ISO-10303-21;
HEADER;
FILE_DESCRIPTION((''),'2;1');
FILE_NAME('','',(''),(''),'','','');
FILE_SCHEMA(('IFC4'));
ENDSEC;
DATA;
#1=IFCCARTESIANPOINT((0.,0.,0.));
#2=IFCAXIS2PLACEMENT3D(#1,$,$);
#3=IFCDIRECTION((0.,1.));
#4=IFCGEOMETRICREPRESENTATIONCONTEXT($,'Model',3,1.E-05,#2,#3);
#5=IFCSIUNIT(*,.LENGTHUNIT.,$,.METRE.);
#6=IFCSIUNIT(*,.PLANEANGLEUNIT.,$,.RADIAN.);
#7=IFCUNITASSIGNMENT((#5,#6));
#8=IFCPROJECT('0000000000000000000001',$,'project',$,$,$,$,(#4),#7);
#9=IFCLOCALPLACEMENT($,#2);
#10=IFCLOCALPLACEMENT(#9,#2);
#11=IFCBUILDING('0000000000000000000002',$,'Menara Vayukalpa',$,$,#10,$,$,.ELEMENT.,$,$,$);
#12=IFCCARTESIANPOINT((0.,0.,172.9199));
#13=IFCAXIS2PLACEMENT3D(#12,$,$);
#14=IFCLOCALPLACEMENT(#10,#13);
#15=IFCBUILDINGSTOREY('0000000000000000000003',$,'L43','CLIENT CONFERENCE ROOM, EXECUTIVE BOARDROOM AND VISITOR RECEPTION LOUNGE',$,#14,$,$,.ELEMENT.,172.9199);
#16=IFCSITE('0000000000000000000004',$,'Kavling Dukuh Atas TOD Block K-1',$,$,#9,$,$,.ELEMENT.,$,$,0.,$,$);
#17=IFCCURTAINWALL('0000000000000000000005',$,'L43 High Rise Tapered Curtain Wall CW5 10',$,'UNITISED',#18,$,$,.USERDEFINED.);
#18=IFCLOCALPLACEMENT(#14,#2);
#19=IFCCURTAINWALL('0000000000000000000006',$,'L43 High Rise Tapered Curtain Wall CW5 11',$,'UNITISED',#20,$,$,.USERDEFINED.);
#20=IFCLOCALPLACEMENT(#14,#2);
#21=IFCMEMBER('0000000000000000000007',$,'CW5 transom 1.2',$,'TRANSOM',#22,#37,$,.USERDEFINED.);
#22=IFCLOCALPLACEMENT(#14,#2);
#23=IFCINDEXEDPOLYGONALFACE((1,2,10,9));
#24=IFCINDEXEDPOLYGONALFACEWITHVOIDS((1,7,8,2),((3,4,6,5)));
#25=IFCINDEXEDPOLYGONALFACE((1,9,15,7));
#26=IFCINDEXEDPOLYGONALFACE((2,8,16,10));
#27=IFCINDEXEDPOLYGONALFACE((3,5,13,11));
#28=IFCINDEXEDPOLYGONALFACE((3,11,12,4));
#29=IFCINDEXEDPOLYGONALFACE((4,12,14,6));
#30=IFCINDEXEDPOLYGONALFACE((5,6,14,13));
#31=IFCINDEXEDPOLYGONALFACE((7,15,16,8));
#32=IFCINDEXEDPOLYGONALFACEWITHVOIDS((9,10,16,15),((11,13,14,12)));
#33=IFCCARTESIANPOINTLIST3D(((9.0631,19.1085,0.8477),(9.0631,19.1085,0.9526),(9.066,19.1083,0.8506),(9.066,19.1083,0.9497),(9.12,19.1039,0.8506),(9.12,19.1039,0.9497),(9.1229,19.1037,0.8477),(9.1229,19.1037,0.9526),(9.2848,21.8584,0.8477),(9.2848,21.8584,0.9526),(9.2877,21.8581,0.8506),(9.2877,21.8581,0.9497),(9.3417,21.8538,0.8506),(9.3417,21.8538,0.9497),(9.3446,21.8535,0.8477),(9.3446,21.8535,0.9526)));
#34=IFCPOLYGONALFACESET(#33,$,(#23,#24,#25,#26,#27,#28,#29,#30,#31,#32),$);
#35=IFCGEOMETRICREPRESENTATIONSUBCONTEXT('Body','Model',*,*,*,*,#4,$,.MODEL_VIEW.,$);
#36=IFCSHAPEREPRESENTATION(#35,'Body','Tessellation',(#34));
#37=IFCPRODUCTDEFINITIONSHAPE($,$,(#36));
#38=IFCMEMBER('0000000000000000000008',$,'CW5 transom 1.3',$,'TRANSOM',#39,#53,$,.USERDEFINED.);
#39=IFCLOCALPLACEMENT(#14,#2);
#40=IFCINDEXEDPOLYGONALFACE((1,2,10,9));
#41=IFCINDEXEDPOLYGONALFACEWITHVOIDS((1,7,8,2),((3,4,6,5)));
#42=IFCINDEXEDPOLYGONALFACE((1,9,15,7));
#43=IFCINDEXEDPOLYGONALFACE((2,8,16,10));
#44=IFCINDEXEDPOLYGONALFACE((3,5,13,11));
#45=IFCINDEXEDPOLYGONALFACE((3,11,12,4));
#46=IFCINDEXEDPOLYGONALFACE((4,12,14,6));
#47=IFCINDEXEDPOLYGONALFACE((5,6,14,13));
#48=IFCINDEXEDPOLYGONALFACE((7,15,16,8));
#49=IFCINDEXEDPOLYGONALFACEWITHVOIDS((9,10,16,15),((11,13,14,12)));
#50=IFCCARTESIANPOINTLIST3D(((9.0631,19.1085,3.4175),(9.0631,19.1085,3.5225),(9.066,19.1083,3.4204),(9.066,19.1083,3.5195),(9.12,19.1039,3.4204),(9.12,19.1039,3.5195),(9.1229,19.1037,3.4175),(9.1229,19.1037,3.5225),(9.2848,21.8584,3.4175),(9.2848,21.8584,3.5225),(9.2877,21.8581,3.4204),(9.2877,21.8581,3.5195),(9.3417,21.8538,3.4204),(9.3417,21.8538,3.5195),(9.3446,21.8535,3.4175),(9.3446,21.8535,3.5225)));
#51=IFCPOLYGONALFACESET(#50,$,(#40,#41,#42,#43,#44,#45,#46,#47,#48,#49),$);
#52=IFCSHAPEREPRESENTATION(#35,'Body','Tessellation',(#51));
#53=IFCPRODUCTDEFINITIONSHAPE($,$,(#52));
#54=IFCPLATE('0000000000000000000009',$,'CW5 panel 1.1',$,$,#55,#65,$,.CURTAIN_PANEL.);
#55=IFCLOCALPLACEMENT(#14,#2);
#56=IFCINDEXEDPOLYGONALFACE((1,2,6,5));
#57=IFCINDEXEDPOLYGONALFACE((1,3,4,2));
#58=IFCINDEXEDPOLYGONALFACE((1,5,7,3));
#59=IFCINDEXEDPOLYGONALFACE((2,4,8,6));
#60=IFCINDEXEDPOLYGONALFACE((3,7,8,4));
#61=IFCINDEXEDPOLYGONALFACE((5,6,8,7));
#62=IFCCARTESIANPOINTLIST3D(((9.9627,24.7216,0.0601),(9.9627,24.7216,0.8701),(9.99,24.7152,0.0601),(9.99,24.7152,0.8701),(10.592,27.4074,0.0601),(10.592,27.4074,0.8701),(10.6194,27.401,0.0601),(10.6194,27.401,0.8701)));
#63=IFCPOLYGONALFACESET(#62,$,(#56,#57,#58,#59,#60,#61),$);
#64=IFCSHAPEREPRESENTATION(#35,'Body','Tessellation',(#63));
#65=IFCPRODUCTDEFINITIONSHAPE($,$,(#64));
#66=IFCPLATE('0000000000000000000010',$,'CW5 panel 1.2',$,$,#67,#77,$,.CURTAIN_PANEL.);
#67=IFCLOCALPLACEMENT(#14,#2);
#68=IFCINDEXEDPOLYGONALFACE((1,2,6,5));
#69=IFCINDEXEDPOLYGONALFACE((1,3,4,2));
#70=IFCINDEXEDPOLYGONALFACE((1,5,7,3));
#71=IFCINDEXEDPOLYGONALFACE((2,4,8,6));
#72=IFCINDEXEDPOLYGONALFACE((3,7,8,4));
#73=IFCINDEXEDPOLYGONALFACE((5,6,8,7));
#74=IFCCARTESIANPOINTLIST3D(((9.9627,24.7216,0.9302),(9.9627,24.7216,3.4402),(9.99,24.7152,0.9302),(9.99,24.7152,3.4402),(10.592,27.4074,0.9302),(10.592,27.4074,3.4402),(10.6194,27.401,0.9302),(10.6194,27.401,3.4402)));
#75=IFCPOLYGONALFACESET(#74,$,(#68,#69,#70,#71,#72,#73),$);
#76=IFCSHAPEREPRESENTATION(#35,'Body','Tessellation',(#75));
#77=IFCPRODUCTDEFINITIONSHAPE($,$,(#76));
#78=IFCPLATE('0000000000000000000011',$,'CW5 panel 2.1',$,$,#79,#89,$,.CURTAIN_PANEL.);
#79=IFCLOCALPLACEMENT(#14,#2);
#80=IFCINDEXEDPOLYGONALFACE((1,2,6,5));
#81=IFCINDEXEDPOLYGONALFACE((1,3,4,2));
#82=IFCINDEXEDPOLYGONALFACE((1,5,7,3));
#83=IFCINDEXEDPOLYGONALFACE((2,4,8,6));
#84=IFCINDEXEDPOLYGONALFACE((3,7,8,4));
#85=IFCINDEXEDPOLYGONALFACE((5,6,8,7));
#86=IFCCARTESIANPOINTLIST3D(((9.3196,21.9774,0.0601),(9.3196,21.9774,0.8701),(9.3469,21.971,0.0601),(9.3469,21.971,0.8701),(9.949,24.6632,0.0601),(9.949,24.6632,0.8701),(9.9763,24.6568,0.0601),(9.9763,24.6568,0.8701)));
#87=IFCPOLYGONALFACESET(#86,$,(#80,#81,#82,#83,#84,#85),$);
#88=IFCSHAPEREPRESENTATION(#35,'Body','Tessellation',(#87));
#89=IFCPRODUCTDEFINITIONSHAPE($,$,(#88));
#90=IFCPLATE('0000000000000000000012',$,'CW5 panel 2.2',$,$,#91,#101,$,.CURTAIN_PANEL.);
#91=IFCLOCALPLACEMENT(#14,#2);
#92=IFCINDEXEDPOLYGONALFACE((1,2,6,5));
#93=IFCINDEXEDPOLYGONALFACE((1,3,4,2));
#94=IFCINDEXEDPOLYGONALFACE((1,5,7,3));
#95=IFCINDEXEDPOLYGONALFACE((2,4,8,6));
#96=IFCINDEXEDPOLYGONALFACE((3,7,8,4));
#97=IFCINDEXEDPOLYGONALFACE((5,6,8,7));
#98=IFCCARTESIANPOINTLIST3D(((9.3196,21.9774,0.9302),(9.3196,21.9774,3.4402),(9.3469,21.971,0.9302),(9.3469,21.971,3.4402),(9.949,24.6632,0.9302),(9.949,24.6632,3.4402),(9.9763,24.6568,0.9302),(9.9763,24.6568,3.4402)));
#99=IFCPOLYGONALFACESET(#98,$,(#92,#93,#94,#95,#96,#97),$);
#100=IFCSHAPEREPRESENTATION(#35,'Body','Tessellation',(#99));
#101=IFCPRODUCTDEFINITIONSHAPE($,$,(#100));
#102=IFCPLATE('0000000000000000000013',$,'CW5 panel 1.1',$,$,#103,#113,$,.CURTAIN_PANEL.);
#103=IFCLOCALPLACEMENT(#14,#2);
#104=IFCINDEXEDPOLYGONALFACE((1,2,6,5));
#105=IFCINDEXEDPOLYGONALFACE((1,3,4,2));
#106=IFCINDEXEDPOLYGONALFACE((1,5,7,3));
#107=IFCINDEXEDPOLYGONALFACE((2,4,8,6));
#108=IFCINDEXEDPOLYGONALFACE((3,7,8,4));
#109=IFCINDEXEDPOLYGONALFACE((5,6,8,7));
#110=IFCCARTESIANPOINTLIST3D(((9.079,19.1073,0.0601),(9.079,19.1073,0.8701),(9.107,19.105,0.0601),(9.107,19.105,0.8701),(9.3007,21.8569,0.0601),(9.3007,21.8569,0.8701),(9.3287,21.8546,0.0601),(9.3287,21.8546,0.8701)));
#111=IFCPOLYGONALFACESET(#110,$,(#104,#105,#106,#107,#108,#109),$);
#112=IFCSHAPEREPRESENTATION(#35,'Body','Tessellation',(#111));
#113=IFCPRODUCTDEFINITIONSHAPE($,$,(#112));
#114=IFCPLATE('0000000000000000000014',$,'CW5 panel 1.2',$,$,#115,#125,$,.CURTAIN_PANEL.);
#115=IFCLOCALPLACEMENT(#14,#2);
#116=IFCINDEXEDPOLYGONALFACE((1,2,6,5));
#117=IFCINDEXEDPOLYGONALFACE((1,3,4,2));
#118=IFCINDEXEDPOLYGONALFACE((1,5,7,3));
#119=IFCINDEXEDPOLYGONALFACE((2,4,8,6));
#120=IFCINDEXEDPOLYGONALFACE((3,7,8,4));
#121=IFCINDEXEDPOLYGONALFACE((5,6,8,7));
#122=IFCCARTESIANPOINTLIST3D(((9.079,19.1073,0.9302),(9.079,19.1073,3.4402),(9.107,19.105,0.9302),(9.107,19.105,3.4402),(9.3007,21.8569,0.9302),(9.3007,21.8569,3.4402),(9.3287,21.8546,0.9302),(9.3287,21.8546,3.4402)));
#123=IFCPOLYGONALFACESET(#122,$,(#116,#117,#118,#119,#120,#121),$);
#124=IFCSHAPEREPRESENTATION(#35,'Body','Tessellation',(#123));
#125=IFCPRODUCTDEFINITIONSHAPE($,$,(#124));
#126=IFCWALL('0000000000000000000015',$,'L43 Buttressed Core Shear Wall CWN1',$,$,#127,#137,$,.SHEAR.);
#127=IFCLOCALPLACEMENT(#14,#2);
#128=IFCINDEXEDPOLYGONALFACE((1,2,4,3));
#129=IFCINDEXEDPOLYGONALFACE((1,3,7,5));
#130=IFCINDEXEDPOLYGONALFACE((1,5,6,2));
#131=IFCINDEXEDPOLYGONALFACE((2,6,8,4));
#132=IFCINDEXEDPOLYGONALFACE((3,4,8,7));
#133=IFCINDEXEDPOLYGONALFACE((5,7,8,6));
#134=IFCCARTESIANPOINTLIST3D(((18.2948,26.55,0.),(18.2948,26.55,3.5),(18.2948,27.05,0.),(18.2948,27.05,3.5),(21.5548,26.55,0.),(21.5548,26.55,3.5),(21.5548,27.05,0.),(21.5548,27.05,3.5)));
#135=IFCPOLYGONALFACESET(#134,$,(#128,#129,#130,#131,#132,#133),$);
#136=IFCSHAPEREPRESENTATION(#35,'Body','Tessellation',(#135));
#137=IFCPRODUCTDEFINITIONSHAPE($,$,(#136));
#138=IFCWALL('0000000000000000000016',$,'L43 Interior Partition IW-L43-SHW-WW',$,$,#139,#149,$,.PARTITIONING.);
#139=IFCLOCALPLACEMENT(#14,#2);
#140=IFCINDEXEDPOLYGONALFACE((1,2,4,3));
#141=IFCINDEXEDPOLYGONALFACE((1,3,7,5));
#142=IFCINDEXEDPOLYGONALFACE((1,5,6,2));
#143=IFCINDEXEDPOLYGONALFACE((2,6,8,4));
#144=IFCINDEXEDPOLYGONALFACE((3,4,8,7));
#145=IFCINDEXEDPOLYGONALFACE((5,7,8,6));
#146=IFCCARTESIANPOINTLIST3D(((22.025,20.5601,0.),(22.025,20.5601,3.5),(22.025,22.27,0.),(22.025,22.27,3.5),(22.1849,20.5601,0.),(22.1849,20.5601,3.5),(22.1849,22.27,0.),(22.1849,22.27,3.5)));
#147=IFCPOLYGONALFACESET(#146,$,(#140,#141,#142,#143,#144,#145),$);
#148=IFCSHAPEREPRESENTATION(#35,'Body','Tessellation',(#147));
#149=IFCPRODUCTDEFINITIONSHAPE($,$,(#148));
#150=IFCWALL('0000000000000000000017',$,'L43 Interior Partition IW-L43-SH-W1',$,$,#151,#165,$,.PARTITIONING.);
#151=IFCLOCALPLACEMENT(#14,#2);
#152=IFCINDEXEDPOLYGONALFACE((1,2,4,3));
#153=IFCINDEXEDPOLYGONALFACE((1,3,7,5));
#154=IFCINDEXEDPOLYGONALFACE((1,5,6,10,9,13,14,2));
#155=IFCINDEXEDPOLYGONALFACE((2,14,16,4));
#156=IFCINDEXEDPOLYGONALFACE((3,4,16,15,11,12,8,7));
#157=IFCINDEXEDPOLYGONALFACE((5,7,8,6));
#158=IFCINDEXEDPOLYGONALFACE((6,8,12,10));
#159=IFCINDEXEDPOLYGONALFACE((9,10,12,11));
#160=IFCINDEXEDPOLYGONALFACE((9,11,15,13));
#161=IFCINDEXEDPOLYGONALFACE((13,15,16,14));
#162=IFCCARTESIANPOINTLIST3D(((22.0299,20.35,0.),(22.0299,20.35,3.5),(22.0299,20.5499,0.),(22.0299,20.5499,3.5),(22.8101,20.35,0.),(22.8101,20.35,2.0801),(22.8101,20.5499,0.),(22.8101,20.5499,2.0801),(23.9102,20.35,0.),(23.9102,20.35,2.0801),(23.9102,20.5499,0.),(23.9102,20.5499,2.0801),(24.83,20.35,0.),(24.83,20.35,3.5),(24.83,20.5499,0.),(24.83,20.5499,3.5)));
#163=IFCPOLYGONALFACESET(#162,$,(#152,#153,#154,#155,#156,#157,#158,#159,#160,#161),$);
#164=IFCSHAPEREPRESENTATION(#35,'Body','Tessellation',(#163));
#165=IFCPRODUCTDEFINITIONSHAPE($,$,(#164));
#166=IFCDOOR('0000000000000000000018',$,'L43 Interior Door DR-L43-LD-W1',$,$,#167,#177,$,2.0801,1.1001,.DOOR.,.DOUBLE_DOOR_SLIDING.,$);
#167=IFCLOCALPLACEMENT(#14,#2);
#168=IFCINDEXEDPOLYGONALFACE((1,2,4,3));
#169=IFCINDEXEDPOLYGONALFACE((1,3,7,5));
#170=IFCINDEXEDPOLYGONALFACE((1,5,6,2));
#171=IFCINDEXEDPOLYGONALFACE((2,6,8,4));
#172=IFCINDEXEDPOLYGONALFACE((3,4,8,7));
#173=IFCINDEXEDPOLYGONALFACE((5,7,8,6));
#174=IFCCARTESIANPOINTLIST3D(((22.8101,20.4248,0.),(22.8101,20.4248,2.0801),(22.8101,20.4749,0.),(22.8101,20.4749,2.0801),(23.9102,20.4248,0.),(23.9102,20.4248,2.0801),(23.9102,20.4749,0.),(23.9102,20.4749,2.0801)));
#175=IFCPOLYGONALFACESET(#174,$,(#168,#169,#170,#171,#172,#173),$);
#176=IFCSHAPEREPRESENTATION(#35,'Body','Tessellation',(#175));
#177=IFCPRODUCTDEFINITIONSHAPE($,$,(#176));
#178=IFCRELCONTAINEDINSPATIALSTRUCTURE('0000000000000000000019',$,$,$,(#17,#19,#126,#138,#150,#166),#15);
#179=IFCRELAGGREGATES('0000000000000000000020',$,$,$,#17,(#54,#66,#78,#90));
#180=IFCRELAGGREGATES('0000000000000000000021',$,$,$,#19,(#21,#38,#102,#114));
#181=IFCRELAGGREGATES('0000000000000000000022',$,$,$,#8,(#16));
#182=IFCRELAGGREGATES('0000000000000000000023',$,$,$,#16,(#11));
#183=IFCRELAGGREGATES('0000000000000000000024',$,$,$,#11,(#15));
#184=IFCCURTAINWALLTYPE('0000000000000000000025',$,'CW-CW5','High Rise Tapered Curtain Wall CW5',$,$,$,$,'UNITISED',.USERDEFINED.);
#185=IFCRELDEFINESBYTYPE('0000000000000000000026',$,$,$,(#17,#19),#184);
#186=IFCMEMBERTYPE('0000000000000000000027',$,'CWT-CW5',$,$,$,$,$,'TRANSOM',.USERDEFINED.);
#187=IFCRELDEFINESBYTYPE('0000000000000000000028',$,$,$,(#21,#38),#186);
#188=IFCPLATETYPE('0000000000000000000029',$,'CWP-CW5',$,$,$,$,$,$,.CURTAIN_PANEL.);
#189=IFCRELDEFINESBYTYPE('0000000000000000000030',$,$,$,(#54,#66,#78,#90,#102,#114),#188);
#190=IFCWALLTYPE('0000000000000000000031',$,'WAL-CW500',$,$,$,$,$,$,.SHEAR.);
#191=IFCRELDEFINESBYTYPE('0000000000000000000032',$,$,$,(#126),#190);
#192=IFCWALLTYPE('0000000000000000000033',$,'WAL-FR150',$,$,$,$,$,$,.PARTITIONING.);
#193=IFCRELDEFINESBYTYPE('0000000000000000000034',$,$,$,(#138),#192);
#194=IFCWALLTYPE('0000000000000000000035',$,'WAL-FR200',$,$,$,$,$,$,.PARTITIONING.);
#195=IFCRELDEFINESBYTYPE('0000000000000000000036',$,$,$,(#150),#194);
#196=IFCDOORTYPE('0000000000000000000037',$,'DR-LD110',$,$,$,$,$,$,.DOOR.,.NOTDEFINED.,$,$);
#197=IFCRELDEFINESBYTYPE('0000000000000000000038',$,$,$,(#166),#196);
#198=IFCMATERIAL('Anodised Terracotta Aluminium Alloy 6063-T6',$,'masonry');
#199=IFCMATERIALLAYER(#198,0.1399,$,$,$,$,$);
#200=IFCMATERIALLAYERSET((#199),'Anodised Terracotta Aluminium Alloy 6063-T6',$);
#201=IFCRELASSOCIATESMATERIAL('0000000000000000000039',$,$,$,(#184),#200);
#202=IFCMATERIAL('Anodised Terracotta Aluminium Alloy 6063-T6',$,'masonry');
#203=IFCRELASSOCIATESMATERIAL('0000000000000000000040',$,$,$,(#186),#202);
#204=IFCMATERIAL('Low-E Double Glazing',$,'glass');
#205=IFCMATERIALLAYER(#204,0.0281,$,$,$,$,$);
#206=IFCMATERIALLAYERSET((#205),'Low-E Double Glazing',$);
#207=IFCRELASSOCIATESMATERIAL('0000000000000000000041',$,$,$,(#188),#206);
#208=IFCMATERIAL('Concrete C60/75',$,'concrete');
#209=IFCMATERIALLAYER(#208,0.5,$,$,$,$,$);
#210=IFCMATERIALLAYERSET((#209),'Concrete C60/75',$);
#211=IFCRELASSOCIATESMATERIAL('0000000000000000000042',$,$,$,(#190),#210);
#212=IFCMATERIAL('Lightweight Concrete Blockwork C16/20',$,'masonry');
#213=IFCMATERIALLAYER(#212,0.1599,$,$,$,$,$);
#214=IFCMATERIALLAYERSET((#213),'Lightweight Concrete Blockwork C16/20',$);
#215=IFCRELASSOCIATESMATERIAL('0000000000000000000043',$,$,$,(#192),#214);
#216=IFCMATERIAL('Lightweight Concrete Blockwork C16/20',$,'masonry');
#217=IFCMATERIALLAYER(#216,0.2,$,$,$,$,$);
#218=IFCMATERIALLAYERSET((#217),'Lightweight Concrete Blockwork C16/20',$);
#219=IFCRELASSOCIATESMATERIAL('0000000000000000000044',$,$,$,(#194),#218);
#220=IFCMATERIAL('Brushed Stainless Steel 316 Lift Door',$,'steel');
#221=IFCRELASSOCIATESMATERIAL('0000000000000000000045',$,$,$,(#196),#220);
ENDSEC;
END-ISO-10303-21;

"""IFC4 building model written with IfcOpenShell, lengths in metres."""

from ifc_helpers import new_model, si_unit, direction, frame, frame_2d, origin, origin_2d, place, context, subcontext, project, spatial, rectangle, hollow_rectangle, extrude, material, layer, layer_set, material_profile, profile_set, type_object, element, fill, aggregate, save


model = new_model("IFC4")

# Units and contexts
model_context = context("Model", 3, precision=1e-05, world=origin(), true_north=direction((0.0, 1.0)))
body_context = subcontext(model_context, "Body", "Model", "MODEL_VIEW")
ifc_project = project(units=[si_unit("LENGTHUNIT", "METRE"), si_unit("PLANEANGLEUNIT", "RADIAN")], contexts=[model_context])

# Site, building, storey
site_placement = place(None, origin())
site = spatial("IfcSite", under=ifc_project, at=site_placement, Name="Kavling Dukuh Atas TOD Block K-1", CompositionType="ELEMENT", RefElevation=0.0)
building_placement = place(site_placement, origin())
building = spatial("IfcBuilding", under=site, at=building_placement, Name="Menara Vayukalpa", CompositionType="ELEMENT")
storey_placement = place(building_placement, frame((0.0, 0.0, 172.9199)))
storey = spatial("IfcBuildingStorey", under=building, at=storey_placement, Name="L43", Description="CLIENT CONFERENCE ROOM, EXECUTIVE BOARDROOM AND VISITOR RECEPTION LOUNGE", CompositionType="ELEMENT", Elevation=172.9199)

# Curtain wall
ifc_material_1 = material(Name="Anodised Terracotta Aluminium Alloy 6063-T6", Category="masonry")
ifc_layer_1 = layer(ifc_material_1, 0.1399)
ifc_layer_set_1 = layer_set([ifc_layer_1], Name="Anodised Terracotta Aluminium Alloy 6063-T6")
curtain_wall_type = type_object("IfcCurtainWallType", Name="CW-CW5", Description="High Rise Tapered Curtain Wall CW5", ElementType="UNITISED", PredefinedType="USERDEFINED", material=ifc_layer_set_1)
curtain_wall_1_placement = place(storey_placement, origin())
curtain_wall_1 = element("IfcCurtainWall", 1, at=curtain_wall_1_placement, inside=storey, type_object=curtain_wall_type, Name="L43 High Rise Tapered Curtain Wall CW5 10", ObjectType="UNITISED", PredefinedType="USERDEFINED")

# Curtain wall
curtain_wall_2_placement = place(storey_placement, origin())
curtain_wall_2 = element("IfcCurtainWall", 2, at=curtain_wall_2_placement, inside=storey, type_object=curtain_wall_type, Name="L43 High Rise Tapered Curtain Wall CW5 11", ObjectType="UNITISED", PredefinedType="USERDEFINED")

# Members
ifc_material_2 = material(Name="Anodised Terracotta Aluminium Alloy 6063-T6", Category="masonry")
ifc_material_profile_1 = material_profile(ifc_material_2, hollow_rectangle(XDim=0.0601, YDim=0.105, WallThickness=0.0029, at=origin_2d()), Name="ALU 60x105x3")
ifc_profile_set_1 = profile_set([ifc_material_profile_1], Name="Anodised Terracotta Aluminium Alloy 6063-T6")
member_type_1 = type_object("IfcMemberType", Name="CWT-CW5", ElementType="TRANSOM", PredefinedType="USERDEFINED", material=ifc_profile_set_1)
member_1_placement = place(storey_placement, frame((9.3147, 21.856, 0.9001), z_axis=(-0.080357, -0.996766, 0.0), x_axis=(0.996766, -0.080357, 0.0)))
member_1 = element("IfcMember", 3, at=member_1_placement, type_object=member_type_1, Name="CW5 transom 1.2", ObjectType="TRANSOM", PredefinedType="USERDEFINED", context=body_context, shape_type="SweptSolid", body=[
    extrude(hollow_rectangle(XDim=0.0601, YDim=0.105, WallThickness=0.0029, at=origin_2d()), origin(), (0.0, 0.0, 1.0), 2.7588),
])
member_2_placement = place(storey_placement, frame((9.3147, 21.856, 3.47), z_axis=(-0.080357, -0.996766, 0.0), x_axis=(0.996766, -0.080357, 0.0)))
member_2 = element("IfcMember", 4, at=member_2_placement, type_object=member_type_1, Name="CW5 transom 1.3", ObjectType="TRANSOM", PredefinedType="USERDEFINED", context=body_context, shape_type="SweptSolid", body=[
    extrude(hollow_rectangle(XDim=0.0601, YDim=0.105, WallThickness=0.0029, at=origin_2d()), origin(), (0.0, 0.0, 1.0), 2.7588),
])

# Plates
ifc_material_3 = material(Name="Low-E Double Glazing", Category="glass")
ifc_layer_2 = layer(ifc_material_3, 0.0281)
ifc_layer_set_2 = layer_set([ifc_layer_2], Name="Low-E Double Glazing")
plate_type = type_object("IfcPlateType", Name="CWP-CW5", PredefinedType="CURTAIN_PANEL", material=ifc_layer_set_2)
plate_1_placement = place(storey_placement, frame((10.291, 26.0613, 0.0601), z_axis=(0.0, 0.0, 1.0), x_axis=(-0.228149, -0.973626, 0.0)))
plate_1 = element("IfcPlate", 5, at=plate_1_placement, type_object=plate_type, Name="CW5 panel 1.1", PredefinedType="CURTAIN_PANEL", context=body_context, shape_type="SweptSolid", body=[
    extrude(rectangle(XDim=2.7585, YDim=0.0281, at=origin_2d()), origin(), (0.0, 0.0, 1.0), 0.8101),
])
plate_2_placement = place(storey_placement, frame((10.291, 26.0613, 0.9302), z_axis=(0.0, 0.0, 1.0), x_axis=(-0.228149, -0.973626, 0.0)))
plate_2 = element("IfcPlate", 6, at=plate_2_placement, type_object=plate_type, Name="CW5 panel 1.2", PredefinedType="CURTAIN_PANEL", context=body_context, shape_type="SweptSolid", body=[
    extrude(rectangle(XDim=2.7585, YDim=0.0281, at=origin_2d()), origin(), (0.0, 0.0, 1.0), 2.51),
])
plate_3_placement = place(storey_placement, frame((9.6479, 23.3171, 0.0601), z_axis=(0.0, 0.0, 1.0), x_axis=(-0.228149, -0.973626, 0.0)))
plate_3 = element("IfcPlate", 7, at=plate_3_placement, type_object=plate_type, Name="CW5 panel 2.1", PredefinedType="CURTAIN_PANEL", context=body_context, shape_type="SweptSolid", body=[
    extrude(rectangle(XDim=2.7585, YDim=0.0281, at=origin_2d()), origin(), (0.0, 0.0, 1.0), 0.8101),
])
plate_4_placement = place(storey_placement, frame((9.6479, 23.3171, 0.9302), z_axis=(0.0, 0.0, 1.0), x_axis=(-0.228149, -0.973626, 0.0)))
plate_4 = element("IfcPlate", 8, at=plate_4_placement, type_object=plate_type, Name="CW5 panel 2.2", PredefinedType="CURTAIN_PANEL", context=body_context, shape_type="SweptSolid", body=[
    extrude(rectangle(XDim=2.7585, YDim=0.0281, at=origin_2d()), origin(), (0.0, 0.0, 1.0), 2.51),
])
aggregate(curtain_wall_1, [plate_1, plate_2, plate_3, plate_4])
plate_5_placement = place(storey_placement, frame((9.2039, 20.481, 0.0601), z_axis=(0.0, 0.0, 1.0), x_axis=(-0.080374, -0.996765, 0.0)))
plate_5 = element("IfcPlate", 9, at=plate_5_placement, type_object=plate_type, Name="CW5 panel 1.1", PredefinedType="CURTAIN_PANEL", context=body_context, shape_type="SweptSolid", body=[
    extrude(rectangle(XDim=2.7585, YDim=0.0281, at=origin_2d()), origin(), (0.0, 0.0, 1.0), 0.8101),
])
plate_6_placement = place(storey_placement, frame((9.2039, 20.481, 0.9302), z_axis=(0.0, 0.0, 1.0), x_axis=(-0.080374, -0.996765, 0.0)))
plate_6 = element("IfcPlate", 10, at=plate_6_placement, type_object=plate_type, Name="CW5 panel 1.2", PredefinedType="CURTAIN_PANEL", context=body_context, shape_type="SweptSolid", body=[
    extrude(rectangle(XDim=2.7585, YDim=0.0281, at=origin_2d()), origin(), (0.0, 0.0, 1.0), 2.51),
])
aggregate(curtain_wall_2, [member_1, member_2, plate_5, plate_6])

# Walls
ifc_material_4 = material(Name="Concrete C60/75", Category="concrete")
ifc_layer_3 = layer(ifc_material_4, 0.5)
ifc_layer_set_3 = layer_set([ifc_layer_3], Name="Concrete C60/75")
wall_type_1 = type_object("IfcWallType", Name="WAL-CW500", PredefinedType="SHEAR", material=ifc_layer_set_3)
wall_1_placement = place(storey_placement, frame((18.2949, 26.8, 0.0), z_axis=(0.0, 0.0, 1.0), x_axis=(1.0, 0.0, 0.0)))
element("IfcWall", 11, at=wall_1_placement, inside=storey, type_object=wall_type_1, Name="L43 Buttressed Core Shear Wall CWN1", PredefinedType="SHEAR", context=body_context, shape_type="SweptSolid", body=[
    extrude(rectangle(XDim=3.26, YDim=0.5, at=frame_2d((1.6299, 0.0))), origin(), (0.0, 0.0, 1.0), 3.5),
])
ifc_material_5 = material(Name="Lightweight Concrete Blockwork C16/20", Category="masonry")
ifc_layer_4 = layer(ifc_material_5, 0.1599)
ifc_layer_set_4 = layer_set([ifc_layer_4], Name="Lightweight Concrete Blockwork C16/20")
wall_type_2 = type_object("IfcWallType", Name="WAL-FR150", PredefinedType="PARTITIONING", material=ifc_layer_set_4)
wall_2_placement = place(storey_placement, frame((22.105, 20.5601, 0.0), z_axis=(0.0, 0.0, 1.0), x_axis=(0.0, 1.0, 0.0)))
element("IfcWall", 12, at=wall_2_placement, inside=storey, type_object=wall_type_2, Name="L43 Interior Partition IW-L43-SHW-WW", PredefinedType="PARTITIONING", context=body_context, shape_type="SweptSolid", body=[
    extrude(rectangle(XDim=1.71, YDim=0.1599, at=frame_2d((0.855, 0.0))), origin(), (0.0, 0.0, 1.0), 3.5),
])

# Wall, opening, door
ifc_material_6 = material(Name="Lightweight Concrete Blockwork C16/20", Category="masonry")
ifc_layer_5 = layer(ifc_material_6, 0.2)
ifc_layer_set_5 = layer_set([ifc_layer_5], Name="Lightweight Concrete Blockwork C16/20")
wall_type_3 = type_object("IfcWallType", Name="WAL-FR200", PredefinedType="PARTITIONING", material=ifc_layer_set_5)
wall_3_placement = place(storey_placement, frame((22.03, 20.45, 0.0), z_axis=(0.0, 0.0, 1.0), x_axis=(1.0, 0.0, 0.0)))
wall_3 = element("IfcWall", 13, at=wall_3_placement, inside=storey, type_object=wall_type_3, Name="L43 Interior Partition IW-L43-SH-W1", PredefinedType="PARTITIONING", context=body_context, shape_type="SweptSolid", body=[
    extrude(rectangle(XDim=2.8, YDim=0.2, at=frame_2d((1.3999, 0.0))), origin(), (0.0, 0.0, 1.0), 3.5),
])
opening_1_placement = place(wall_3_placement, frame((0.78, 0.0, 0.0)))
opening_1 = element("IfcOpeningElement", 14, at=opening_1_placement, cuts=wall_3, PredefinedType="OPENING", context=body_context, shape_type="SweptSolid", body=[
    extrude(rectangle(XDim=1.1001, YDim=2.0801, at=frame_2d((0.55, 1.04))), frame((0.0, 0.1099, 0.0), z_axis=(0.0, -1.0, 0.0), x_axis=(1.0, 0.0, 0.0)), (0.0, 0.0, 1.0), 0.22),
])
ifc_material_7 = material(Name="Brushed Stainless Steel 316 Lift Door", Category="steel")
door_type_1 = type_object("IfcDoorType", Name="DR-LD110", OperationType="NOTDEFINED", PredefinedType="DOOR", material=ifc_material_7)
door_1_placement = place(opening_1_placement, origin())
door_1 = element("IfcDoor", 15, at=door_1_placement, inside=storey, type_object=door_type_1, Name="L43 Interior Door DR-L43-LD-W1", OperationType="DOUBLE_DOOR_SLIDING", OverallHeight=2.0801, OverallWidth=1.1001, PredefinedType="DOOR", context=body_context, shape_type="SweptSolid", body=[
    extrude(rectangle(XDim=1.1001, YDim=2.0801, at=frame_2d((0.55, 1.04))), frame((0.0, 0.0249, 0.0), z_axis=(0.0, -1.0, 0.0), x_axis=(1.0, 0.0, 0.0)), (0.0, 0.0, 1.0), 0.05),
])
fill(opening_1, door_1)

save(model, "model.ifc")
